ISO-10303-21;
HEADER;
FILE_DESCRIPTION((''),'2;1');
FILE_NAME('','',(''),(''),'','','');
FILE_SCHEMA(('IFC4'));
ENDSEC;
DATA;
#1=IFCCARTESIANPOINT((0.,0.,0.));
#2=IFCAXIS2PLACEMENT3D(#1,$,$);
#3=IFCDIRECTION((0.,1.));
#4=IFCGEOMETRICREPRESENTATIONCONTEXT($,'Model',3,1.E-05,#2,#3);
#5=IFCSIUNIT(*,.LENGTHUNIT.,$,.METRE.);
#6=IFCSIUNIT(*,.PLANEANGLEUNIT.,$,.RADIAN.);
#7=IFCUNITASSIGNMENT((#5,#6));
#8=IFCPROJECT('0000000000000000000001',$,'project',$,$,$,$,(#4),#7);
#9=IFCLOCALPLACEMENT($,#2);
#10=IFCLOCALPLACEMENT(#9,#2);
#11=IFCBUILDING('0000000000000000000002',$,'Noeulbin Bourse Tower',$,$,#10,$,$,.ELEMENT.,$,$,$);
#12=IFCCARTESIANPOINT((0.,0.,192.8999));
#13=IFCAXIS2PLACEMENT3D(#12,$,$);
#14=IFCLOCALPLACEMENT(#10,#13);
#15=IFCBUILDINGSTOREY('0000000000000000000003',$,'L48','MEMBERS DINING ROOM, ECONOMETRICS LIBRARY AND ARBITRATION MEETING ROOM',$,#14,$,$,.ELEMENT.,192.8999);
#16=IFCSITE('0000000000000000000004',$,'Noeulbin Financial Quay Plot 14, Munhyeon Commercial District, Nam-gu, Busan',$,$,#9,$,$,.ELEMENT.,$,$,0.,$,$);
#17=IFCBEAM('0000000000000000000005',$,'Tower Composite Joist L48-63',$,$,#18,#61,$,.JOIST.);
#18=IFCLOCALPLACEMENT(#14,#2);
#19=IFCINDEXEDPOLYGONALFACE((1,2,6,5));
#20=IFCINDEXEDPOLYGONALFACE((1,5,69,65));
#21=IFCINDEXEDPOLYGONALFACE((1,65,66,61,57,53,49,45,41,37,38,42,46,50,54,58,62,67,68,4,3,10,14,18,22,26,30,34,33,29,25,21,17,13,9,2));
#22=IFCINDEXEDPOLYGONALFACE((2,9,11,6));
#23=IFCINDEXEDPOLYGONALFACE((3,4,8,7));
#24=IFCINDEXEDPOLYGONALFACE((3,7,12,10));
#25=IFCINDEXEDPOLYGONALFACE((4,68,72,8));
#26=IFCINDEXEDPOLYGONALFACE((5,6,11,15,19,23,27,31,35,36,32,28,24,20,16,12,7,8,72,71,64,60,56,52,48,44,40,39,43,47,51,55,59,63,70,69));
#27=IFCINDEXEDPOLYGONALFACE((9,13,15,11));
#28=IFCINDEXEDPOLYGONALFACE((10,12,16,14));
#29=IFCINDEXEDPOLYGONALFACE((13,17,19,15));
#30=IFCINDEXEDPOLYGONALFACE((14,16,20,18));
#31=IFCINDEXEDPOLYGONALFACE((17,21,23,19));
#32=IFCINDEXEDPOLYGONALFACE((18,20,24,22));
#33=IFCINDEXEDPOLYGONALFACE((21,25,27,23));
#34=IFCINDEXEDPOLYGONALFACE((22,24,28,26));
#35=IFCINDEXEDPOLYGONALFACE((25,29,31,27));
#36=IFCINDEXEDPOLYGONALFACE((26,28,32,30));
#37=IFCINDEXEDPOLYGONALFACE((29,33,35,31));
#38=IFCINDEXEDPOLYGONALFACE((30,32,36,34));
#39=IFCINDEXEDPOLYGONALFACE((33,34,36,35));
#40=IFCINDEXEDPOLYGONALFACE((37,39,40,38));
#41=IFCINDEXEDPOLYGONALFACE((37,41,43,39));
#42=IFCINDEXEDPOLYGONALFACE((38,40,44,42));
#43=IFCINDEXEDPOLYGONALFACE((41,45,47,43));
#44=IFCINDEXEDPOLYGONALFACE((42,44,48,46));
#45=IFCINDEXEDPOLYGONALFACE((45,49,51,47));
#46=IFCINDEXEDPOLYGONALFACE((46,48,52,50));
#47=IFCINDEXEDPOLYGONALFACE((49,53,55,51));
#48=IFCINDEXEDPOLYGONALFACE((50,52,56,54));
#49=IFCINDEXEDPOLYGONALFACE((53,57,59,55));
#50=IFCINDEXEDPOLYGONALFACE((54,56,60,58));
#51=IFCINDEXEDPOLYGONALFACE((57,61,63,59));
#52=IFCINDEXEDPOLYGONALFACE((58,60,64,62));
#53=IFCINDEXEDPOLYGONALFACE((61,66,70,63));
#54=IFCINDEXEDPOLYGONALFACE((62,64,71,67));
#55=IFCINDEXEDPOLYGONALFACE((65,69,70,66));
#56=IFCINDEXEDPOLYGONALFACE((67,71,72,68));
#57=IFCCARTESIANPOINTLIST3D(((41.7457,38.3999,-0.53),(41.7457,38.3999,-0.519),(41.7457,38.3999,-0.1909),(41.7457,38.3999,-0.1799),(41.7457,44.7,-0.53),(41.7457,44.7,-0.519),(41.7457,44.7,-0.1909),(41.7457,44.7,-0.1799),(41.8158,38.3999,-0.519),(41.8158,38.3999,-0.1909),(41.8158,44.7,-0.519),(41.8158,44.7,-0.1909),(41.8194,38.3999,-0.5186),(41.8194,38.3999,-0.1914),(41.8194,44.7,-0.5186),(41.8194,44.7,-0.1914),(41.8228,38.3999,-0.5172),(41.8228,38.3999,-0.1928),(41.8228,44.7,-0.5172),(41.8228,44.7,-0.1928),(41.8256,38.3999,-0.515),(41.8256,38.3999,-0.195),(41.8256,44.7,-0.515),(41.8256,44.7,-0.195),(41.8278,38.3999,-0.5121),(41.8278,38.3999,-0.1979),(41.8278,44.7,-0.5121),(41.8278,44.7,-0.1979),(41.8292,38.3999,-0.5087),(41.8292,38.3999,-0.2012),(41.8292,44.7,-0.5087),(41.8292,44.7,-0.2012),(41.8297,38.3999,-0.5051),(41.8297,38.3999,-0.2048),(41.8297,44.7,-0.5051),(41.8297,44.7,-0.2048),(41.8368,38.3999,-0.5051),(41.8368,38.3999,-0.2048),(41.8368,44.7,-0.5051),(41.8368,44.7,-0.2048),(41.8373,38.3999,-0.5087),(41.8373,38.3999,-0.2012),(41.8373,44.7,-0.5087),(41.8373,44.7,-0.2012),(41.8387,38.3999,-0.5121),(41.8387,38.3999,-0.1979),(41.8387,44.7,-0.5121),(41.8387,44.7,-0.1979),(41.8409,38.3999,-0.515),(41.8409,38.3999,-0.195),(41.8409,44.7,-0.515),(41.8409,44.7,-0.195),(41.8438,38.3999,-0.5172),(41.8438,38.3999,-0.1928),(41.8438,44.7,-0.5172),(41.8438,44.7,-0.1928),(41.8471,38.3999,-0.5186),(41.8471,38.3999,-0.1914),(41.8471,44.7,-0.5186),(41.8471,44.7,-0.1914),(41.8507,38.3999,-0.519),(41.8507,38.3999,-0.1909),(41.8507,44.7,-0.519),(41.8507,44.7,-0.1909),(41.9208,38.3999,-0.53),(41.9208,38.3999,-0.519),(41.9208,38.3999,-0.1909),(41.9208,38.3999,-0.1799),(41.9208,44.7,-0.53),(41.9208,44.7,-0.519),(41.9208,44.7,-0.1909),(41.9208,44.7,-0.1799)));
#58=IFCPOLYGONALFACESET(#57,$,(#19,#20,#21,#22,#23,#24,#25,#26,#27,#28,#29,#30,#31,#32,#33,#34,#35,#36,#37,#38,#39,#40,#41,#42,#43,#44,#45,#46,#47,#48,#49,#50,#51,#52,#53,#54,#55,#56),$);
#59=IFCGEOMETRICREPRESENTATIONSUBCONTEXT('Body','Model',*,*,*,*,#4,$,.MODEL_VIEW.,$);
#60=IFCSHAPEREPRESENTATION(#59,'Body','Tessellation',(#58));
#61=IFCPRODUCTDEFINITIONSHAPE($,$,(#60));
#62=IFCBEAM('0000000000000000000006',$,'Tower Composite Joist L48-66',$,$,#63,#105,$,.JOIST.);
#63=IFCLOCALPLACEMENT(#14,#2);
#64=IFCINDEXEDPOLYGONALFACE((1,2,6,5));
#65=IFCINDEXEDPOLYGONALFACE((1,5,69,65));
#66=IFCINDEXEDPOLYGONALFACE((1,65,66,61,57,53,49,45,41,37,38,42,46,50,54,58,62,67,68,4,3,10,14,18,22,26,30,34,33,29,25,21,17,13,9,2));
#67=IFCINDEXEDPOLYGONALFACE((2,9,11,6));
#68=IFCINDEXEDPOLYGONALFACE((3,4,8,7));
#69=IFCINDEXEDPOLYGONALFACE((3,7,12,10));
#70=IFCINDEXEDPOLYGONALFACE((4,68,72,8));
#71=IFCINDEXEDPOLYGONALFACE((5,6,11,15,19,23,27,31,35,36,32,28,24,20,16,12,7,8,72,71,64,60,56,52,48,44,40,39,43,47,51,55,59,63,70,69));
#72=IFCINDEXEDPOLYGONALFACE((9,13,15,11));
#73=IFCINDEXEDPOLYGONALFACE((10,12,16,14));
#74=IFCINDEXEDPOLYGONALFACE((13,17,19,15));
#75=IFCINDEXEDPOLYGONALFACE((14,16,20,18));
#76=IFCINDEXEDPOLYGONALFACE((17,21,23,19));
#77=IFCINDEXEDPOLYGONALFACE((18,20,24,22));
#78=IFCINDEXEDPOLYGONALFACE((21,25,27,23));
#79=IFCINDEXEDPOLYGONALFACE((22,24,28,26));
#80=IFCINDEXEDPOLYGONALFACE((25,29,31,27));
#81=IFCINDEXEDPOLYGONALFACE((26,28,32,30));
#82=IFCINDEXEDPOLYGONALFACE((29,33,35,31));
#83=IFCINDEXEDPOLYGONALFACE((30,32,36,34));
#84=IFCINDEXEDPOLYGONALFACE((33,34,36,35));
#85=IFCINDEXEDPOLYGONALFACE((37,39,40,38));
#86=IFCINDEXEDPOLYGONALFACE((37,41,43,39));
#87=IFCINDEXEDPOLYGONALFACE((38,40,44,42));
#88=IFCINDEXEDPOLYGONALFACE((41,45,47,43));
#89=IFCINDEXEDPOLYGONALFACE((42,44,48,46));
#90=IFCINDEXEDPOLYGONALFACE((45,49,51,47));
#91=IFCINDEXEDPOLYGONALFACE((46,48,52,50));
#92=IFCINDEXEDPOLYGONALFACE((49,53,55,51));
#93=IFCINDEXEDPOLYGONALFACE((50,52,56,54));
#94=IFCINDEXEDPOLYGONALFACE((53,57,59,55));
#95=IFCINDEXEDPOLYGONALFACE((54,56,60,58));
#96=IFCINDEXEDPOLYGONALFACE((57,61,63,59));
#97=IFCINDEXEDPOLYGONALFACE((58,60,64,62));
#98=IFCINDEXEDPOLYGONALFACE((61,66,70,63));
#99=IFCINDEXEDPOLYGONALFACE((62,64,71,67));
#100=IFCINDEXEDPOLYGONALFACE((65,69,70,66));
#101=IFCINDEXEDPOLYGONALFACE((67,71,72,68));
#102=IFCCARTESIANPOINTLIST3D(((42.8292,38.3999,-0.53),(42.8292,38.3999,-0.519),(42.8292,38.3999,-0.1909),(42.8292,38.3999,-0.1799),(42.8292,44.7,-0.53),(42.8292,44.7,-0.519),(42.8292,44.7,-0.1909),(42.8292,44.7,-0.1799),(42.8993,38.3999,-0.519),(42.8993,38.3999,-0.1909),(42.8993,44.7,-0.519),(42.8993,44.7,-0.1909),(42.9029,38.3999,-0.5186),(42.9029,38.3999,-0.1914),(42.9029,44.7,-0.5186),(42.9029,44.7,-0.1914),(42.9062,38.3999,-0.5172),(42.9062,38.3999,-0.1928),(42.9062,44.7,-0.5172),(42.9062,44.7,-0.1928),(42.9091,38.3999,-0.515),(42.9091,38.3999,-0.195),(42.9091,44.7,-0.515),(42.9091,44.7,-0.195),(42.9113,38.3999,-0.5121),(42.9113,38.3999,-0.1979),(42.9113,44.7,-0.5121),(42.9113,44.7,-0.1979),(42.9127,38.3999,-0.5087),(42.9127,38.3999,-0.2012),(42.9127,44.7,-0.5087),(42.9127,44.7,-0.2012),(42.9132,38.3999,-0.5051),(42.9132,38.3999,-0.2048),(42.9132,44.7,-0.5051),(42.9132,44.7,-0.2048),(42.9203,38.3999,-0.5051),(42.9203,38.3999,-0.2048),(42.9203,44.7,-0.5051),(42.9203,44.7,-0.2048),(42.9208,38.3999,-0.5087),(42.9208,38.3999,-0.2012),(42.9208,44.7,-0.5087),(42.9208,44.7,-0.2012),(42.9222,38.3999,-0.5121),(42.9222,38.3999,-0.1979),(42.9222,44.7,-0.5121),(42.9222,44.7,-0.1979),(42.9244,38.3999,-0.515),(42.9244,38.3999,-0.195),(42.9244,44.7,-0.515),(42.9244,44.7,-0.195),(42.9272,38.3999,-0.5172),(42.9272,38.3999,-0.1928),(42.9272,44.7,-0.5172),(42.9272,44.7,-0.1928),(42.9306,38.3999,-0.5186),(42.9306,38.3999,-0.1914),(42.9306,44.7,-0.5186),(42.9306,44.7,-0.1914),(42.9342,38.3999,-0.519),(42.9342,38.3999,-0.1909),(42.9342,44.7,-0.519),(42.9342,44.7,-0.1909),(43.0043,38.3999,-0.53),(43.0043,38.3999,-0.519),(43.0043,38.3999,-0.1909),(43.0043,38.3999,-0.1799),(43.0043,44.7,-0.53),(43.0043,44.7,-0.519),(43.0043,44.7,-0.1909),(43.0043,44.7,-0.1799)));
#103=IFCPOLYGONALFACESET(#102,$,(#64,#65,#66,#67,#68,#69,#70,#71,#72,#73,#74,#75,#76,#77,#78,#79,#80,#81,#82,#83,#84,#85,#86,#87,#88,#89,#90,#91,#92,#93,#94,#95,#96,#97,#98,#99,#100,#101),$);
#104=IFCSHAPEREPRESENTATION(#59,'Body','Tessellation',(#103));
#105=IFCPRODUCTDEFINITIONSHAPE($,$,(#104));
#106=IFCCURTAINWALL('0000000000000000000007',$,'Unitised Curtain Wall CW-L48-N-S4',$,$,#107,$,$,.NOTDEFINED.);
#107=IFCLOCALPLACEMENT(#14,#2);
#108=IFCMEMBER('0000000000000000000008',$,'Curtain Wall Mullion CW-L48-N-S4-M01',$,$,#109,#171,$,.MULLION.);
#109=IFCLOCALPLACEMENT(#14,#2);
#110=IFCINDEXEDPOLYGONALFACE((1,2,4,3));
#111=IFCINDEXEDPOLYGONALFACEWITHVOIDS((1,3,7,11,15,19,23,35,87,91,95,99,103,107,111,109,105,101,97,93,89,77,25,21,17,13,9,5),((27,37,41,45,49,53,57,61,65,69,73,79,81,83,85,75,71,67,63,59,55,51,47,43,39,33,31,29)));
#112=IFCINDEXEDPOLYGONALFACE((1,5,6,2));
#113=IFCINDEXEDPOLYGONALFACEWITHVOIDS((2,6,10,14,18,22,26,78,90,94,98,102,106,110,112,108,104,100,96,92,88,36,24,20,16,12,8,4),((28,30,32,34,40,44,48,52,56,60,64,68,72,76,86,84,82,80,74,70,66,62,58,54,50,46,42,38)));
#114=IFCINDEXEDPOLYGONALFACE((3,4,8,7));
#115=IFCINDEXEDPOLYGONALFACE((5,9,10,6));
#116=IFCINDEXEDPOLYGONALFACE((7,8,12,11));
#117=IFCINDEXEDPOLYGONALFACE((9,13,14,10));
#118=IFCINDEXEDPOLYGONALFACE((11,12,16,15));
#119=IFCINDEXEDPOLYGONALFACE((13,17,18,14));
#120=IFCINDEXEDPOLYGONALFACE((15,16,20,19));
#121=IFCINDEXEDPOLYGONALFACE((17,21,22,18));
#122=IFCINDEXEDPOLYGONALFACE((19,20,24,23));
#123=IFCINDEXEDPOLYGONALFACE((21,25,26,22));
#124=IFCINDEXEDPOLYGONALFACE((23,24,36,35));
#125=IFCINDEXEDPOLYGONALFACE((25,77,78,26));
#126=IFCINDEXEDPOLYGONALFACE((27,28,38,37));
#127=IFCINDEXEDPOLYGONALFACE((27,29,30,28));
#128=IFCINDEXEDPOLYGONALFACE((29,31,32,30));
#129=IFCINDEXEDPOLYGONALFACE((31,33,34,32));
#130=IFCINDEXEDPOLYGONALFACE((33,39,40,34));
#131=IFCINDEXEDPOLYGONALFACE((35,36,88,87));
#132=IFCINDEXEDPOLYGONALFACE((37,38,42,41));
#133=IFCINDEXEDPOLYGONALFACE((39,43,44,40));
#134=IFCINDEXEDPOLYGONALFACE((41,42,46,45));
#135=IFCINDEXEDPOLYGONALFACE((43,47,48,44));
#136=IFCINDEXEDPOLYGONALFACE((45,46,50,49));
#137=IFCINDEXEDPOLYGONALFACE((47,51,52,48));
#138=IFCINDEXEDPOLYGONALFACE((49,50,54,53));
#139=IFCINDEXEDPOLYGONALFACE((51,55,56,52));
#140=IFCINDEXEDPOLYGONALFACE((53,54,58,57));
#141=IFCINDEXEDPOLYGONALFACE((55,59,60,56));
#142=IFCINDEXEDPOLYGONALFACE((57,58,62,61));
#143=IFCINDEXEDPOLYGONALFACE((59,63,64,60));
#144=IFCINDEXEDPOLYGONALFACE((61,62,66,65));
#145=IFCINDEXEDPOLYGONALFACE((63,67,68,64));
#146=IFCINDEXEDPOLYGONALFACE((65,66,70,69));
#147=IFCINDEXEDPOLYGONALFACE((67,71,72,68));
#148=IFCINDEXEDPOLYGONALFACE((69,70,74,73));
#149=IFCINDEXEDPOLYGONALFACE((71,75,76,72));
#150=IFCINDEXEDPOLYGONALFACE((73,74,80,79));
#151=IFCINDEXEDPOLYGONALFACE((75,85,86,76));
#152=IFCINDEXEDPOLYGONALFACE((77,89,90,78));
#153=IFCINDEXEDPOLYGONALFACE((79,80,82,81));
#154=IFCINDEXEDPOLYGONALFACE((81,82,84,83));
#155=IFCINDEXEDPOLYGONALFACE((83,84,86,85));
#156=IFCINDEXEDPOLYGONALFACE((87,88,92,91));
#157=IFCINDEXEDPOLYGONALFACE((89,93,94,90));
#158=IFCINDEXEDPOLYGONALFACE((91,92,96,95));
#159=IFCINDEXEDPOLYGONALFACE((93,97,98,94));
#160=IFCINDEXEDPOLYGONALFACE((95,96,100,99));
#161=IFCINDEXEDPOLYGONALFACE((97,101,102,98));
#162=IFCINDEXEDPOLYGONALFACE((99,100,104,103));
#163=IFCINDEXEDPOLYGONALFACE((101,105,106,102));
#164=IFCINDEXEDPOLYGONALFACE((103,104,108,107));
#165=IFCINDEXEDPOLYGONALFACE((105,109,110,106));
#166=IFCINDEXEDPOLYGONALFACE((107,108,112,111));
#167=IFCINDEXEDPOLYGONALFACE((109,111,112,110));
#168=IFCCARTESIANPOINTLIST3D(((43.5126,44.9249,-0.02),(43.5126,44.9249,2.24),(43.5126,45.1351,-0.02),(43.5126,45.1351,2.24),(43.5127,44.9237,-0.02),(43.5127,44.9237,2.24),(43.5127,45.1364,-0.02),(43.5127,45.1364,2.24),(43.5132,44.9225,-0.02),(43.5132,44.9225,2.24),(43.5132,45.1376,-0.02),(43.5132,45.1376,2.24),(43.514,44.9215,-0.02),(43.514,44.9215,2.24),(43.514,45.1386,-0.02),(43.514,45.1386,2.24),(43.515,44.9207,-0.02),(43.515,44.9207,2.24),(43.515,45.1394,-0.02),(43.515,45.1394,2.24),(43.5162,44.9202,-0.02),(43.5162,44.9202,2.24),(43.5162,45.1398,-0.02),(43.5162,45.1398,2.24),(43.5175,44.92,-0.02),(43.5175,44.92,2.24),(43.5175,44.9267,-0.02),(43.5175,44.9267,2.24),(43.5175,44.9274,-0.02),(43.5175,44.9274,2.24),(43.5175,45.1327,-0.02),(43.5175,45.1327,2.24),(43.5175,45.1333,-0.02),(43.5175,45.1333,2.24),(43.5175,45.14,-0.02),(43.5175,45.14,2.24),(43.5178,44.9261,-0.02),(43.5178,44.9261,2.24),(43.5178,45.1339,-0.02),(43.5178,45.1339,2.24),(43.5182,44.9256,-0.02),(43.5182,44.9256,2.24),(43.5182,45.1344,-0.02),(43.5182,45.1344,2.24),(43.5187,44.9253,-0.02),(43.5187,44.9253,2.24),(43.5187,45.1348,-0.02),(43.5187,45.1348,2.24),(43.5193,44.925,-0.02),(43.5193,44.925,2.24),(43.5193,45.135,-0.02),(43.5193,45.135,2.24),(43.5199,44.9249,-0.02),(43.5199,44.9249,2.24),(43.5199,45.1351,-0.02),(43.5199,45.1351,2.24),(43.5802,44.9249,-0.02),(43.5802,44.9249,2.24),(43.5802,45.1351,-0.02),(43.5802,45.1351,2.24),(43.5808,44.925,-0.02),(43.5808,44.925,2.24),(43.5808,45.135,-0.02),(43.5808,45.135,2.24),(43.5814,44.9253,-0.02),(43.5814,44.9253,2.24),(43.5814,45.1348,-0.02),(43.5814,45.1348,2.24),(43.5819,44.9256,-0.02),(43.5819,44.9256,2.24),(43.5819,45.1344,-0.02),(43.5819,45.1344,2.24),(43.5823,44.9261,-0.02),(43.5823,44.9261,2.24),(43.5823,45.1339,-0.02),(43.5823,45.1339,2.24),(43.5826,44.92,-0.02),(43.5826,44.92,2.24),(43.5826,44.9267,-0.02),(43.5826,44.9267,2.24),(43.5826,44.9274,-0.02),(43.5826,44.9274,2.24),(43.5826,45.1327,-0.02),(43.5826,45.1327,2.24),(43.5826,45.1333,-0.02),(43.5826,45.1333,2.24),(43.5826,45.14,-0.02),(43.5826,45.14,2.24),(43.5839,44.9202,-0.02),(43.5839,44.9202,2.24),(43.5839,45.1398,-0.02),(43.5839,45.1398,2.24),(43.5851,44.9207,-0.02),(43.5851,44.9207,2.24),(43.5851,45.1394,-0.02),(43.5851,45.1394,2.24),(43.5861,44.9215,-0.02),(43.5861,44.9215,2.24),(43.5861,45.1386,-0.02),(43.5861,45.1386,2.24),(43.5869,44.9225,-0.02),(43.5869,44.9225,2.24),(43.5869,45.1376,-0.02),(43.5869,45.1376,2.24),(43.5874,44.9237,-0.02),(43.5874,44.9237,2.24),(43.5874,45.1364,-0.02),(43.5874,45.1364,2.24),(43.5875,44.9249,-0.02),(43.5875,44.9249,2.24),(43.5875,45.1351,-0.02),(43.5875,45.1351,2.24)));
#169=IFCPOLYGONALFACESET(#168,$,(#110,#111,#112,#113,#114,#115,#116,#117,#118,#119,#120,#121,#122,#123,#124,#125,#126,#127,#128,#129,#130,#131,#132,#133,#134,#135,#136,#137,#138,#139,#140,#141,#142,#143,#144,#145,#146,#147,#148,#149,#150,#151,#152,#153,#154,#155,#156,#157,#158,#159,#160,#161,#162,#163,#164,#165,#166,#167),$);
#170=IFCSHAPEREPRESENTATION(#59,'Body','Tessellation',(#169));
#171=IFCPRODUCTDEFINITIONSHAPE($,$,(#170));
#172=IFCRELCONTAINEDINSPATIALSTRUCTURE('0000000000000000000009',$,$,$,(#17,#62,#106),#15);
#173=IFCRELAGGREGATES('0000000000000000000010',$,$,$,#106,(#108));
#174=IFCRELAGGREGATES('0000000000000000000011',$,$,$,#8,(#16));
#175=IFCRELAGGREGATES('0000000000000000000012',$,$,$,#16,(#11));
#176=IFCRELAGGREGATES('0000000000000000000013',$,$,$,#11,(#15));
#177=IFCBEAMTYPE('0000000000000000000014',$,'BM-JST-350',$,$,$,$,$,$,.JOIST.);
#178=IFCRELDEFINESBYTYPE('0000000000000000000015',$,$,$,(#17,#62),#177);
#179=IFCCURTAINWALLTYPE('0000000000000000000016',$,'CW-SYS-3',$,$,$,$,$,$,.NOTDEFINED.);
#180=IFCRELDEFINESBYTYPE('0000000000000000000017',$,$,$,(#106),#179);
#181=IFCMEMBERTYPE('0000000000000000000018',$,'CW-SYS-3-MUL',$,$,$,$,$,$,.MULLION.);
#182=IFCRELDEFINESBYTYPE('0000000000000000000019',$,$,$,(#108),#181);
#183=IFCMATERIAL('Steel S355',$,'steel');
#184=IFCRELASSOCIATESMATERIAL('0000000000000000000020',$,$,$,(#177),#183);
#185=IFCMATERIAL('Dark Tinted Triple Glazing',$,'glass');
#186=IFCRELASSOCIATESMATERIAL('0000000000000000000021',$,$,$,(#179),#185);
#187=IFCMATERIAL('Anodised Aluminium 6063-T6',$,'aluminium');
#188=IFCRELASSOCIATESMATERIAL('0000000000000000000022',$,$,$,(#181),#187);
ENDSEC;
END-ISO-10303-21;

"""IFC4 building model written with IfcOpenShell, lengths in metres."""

from ifc_helpers import new_model, si_unit, direction, frame, origin, origin_2d, place, context, subcontext, project, spatial, hollow_rectangle, i_section, extrude, material, material_profile, profile_set, type_object, element, aggregate, save


model = new_model("IFC4")

# Units and contexts
model_context = context("Model", 3, precision=1e-05, world=origin(), true_north=direction((0.0, 1.0)))
body_context = subcontext(model_context, "Body", "Model", "MODEL_VIEW")
ifc_project = project(units=[si_unit("LENGTHUNIT", "METRE"), si_unit("PLANEANGLEUNIT", "RADIAN")], contexts=[model_context])

# Site, building, storey
site_placement = place(None, origin())
site = spatial("IfcSite", under=ifc_project, at=site_placement, Name="Noeulbin Financial Quay Plot 14, Munhyeon Commercial District, Nam-gu, Busan", CompositionType="ELEMENT", RefElevation=0.0)
building_placement = place(site_placement, origin())
building = spatial("IfcBuilding", under=site, at=building_placement, Name="Noeulbin Bourse Tower", CompositionType="ELEMENT")
storey_placement = place(building_placement, frame((0.0, 0.0, 192.8999)))
storey = spatial("IfcBuildingStorey", under=building, at=storey_placement, Name="L48", Description="MEMBERS DINING ROOM, ECONOMETRICS LIBRARY AND ARBITRATION MEETING ROOM", CompositionType="ELEMENT", Elevation=192.8999)

# Shared definitions
ifc_material_1 = material(Name="Steel S355", Category="steel")

# Beams
ifc_material_profile_1 = material_profile(ifc_material_1, i_section(OverallWidth=0.175, OverallDepth=0.3501, WebThickness=0.0071, FlangeThickness=0.011, FilletRadius=0.0139, at=origin_2d()), Name="H-350x175x7x11", Category="LoadBearing")
ifc_profile_set_1 = profile_set([ifc_material_profile_1], Name="Steel S355")
beam_type_1 = type_object("IfcBeamType", Name="BM-JST-350", PredefinedType="JOIST", material=ifc_profile_set_1)
for number, where, z_axis, x_axis, name in (
    (1, (41.8333, 38.3999, -0.355), (0.0, 1.0, 0.0), (-1.0, 0.0, 0.0), "Tower Composite Joist L48-63"),
    (2, (42.9167, 38.3999, -0.355), (0.0, 1.0, 0.0), (-1.0, 0.0, 0.0), "Tower Composite Joist L48-66"),
):
    element("IfcBeam", number, at=place(storey_placement, frame(where, z_axis=z_axis, x_axis=x_axis)), inside=storey, type_object=beam_type_1, Name=name, PredefinedType="JOIST", context=body_context, shape_type="SweptSolid", body=[
        extrude(i_section(OverallWidth=0.175, OverallDepth=0.3501, WebThickness=0.0071, FlangeThickness=0.011, FilletRadius=0.0139, at=origin_2d()), origin(), (0.0, 0.0, 1.0), 6.3),
    ])

# Curtain wall, member
ifc_material_2 = material(Name="Dark Tinted Triple Glazing", Category="glass")
curtain_wall_type = type_object("IfcCurtainWallType", Name="CW-SYS-3", PredefinedType="NOTDEFINED", material=ifc_material_2)
curtain_wall_1_placement = place(storey_placement, origin())
curtain_wall_1 = element("IfcCurtainWall", 3, at=curtain_wall_1_placement, inside=storey, type_object=curtain_wall_type, Name="Unitised Curtain Wall CW-L48-N-S4", PredefinedType="NOTDEFINED")
ifc_material_3 = material(Name="Anodised Aluminium 6063-T6", Category="aluminium")
ifc_material_profile_2 = material_profile(ifc_material_3, hollow_rectangle(XDim=0.075, YDim=0.22, WallThickness=0.0049, InnerFilletRadius=0.0024, OuterFilletRadius=0.0049, at=origin_2d()), Name="ALU-MULL-75x220x5", Category="LoadBearing")
ifc_profile_set_2 = profile_set([ifc_material_profile_2], Name="Anodised Aluminium 6063-T6")
member_type_1 = type_object("IfcMemberType", Name="CW-SYS-3-MUL", PredefinedType="MULLION", material=ifc_profile_set_2)
member_1_placement = place(storey_placement, frame((43.55, 45.03, -0.02), z_axis=(0.0, 0.0, 1.0), x_axis=(1.0, 0.0, 0.0)))
member_1 = element("IfcMember", 4, at=member_1_placement, type_object=member_type_1, Name="Curtain Wall Mullion CW-L48-N-S4-M01", PredefinedType="MULLION", context=body_context, shape_type="SweptSolid", body=[
    extrude(hollow_rectangle(XDim=0.075, YDim=0.22, WallThickness=0.0049, InnerFilletRadius=0.0024, OuterFilletRadius=0.0049, at=origin_2d()), origin(), (0.0, 0.0, 1.0), 2.26),
])

aggregate(curtain_wall_1, [member_1])

save(model, "model.ifc")
